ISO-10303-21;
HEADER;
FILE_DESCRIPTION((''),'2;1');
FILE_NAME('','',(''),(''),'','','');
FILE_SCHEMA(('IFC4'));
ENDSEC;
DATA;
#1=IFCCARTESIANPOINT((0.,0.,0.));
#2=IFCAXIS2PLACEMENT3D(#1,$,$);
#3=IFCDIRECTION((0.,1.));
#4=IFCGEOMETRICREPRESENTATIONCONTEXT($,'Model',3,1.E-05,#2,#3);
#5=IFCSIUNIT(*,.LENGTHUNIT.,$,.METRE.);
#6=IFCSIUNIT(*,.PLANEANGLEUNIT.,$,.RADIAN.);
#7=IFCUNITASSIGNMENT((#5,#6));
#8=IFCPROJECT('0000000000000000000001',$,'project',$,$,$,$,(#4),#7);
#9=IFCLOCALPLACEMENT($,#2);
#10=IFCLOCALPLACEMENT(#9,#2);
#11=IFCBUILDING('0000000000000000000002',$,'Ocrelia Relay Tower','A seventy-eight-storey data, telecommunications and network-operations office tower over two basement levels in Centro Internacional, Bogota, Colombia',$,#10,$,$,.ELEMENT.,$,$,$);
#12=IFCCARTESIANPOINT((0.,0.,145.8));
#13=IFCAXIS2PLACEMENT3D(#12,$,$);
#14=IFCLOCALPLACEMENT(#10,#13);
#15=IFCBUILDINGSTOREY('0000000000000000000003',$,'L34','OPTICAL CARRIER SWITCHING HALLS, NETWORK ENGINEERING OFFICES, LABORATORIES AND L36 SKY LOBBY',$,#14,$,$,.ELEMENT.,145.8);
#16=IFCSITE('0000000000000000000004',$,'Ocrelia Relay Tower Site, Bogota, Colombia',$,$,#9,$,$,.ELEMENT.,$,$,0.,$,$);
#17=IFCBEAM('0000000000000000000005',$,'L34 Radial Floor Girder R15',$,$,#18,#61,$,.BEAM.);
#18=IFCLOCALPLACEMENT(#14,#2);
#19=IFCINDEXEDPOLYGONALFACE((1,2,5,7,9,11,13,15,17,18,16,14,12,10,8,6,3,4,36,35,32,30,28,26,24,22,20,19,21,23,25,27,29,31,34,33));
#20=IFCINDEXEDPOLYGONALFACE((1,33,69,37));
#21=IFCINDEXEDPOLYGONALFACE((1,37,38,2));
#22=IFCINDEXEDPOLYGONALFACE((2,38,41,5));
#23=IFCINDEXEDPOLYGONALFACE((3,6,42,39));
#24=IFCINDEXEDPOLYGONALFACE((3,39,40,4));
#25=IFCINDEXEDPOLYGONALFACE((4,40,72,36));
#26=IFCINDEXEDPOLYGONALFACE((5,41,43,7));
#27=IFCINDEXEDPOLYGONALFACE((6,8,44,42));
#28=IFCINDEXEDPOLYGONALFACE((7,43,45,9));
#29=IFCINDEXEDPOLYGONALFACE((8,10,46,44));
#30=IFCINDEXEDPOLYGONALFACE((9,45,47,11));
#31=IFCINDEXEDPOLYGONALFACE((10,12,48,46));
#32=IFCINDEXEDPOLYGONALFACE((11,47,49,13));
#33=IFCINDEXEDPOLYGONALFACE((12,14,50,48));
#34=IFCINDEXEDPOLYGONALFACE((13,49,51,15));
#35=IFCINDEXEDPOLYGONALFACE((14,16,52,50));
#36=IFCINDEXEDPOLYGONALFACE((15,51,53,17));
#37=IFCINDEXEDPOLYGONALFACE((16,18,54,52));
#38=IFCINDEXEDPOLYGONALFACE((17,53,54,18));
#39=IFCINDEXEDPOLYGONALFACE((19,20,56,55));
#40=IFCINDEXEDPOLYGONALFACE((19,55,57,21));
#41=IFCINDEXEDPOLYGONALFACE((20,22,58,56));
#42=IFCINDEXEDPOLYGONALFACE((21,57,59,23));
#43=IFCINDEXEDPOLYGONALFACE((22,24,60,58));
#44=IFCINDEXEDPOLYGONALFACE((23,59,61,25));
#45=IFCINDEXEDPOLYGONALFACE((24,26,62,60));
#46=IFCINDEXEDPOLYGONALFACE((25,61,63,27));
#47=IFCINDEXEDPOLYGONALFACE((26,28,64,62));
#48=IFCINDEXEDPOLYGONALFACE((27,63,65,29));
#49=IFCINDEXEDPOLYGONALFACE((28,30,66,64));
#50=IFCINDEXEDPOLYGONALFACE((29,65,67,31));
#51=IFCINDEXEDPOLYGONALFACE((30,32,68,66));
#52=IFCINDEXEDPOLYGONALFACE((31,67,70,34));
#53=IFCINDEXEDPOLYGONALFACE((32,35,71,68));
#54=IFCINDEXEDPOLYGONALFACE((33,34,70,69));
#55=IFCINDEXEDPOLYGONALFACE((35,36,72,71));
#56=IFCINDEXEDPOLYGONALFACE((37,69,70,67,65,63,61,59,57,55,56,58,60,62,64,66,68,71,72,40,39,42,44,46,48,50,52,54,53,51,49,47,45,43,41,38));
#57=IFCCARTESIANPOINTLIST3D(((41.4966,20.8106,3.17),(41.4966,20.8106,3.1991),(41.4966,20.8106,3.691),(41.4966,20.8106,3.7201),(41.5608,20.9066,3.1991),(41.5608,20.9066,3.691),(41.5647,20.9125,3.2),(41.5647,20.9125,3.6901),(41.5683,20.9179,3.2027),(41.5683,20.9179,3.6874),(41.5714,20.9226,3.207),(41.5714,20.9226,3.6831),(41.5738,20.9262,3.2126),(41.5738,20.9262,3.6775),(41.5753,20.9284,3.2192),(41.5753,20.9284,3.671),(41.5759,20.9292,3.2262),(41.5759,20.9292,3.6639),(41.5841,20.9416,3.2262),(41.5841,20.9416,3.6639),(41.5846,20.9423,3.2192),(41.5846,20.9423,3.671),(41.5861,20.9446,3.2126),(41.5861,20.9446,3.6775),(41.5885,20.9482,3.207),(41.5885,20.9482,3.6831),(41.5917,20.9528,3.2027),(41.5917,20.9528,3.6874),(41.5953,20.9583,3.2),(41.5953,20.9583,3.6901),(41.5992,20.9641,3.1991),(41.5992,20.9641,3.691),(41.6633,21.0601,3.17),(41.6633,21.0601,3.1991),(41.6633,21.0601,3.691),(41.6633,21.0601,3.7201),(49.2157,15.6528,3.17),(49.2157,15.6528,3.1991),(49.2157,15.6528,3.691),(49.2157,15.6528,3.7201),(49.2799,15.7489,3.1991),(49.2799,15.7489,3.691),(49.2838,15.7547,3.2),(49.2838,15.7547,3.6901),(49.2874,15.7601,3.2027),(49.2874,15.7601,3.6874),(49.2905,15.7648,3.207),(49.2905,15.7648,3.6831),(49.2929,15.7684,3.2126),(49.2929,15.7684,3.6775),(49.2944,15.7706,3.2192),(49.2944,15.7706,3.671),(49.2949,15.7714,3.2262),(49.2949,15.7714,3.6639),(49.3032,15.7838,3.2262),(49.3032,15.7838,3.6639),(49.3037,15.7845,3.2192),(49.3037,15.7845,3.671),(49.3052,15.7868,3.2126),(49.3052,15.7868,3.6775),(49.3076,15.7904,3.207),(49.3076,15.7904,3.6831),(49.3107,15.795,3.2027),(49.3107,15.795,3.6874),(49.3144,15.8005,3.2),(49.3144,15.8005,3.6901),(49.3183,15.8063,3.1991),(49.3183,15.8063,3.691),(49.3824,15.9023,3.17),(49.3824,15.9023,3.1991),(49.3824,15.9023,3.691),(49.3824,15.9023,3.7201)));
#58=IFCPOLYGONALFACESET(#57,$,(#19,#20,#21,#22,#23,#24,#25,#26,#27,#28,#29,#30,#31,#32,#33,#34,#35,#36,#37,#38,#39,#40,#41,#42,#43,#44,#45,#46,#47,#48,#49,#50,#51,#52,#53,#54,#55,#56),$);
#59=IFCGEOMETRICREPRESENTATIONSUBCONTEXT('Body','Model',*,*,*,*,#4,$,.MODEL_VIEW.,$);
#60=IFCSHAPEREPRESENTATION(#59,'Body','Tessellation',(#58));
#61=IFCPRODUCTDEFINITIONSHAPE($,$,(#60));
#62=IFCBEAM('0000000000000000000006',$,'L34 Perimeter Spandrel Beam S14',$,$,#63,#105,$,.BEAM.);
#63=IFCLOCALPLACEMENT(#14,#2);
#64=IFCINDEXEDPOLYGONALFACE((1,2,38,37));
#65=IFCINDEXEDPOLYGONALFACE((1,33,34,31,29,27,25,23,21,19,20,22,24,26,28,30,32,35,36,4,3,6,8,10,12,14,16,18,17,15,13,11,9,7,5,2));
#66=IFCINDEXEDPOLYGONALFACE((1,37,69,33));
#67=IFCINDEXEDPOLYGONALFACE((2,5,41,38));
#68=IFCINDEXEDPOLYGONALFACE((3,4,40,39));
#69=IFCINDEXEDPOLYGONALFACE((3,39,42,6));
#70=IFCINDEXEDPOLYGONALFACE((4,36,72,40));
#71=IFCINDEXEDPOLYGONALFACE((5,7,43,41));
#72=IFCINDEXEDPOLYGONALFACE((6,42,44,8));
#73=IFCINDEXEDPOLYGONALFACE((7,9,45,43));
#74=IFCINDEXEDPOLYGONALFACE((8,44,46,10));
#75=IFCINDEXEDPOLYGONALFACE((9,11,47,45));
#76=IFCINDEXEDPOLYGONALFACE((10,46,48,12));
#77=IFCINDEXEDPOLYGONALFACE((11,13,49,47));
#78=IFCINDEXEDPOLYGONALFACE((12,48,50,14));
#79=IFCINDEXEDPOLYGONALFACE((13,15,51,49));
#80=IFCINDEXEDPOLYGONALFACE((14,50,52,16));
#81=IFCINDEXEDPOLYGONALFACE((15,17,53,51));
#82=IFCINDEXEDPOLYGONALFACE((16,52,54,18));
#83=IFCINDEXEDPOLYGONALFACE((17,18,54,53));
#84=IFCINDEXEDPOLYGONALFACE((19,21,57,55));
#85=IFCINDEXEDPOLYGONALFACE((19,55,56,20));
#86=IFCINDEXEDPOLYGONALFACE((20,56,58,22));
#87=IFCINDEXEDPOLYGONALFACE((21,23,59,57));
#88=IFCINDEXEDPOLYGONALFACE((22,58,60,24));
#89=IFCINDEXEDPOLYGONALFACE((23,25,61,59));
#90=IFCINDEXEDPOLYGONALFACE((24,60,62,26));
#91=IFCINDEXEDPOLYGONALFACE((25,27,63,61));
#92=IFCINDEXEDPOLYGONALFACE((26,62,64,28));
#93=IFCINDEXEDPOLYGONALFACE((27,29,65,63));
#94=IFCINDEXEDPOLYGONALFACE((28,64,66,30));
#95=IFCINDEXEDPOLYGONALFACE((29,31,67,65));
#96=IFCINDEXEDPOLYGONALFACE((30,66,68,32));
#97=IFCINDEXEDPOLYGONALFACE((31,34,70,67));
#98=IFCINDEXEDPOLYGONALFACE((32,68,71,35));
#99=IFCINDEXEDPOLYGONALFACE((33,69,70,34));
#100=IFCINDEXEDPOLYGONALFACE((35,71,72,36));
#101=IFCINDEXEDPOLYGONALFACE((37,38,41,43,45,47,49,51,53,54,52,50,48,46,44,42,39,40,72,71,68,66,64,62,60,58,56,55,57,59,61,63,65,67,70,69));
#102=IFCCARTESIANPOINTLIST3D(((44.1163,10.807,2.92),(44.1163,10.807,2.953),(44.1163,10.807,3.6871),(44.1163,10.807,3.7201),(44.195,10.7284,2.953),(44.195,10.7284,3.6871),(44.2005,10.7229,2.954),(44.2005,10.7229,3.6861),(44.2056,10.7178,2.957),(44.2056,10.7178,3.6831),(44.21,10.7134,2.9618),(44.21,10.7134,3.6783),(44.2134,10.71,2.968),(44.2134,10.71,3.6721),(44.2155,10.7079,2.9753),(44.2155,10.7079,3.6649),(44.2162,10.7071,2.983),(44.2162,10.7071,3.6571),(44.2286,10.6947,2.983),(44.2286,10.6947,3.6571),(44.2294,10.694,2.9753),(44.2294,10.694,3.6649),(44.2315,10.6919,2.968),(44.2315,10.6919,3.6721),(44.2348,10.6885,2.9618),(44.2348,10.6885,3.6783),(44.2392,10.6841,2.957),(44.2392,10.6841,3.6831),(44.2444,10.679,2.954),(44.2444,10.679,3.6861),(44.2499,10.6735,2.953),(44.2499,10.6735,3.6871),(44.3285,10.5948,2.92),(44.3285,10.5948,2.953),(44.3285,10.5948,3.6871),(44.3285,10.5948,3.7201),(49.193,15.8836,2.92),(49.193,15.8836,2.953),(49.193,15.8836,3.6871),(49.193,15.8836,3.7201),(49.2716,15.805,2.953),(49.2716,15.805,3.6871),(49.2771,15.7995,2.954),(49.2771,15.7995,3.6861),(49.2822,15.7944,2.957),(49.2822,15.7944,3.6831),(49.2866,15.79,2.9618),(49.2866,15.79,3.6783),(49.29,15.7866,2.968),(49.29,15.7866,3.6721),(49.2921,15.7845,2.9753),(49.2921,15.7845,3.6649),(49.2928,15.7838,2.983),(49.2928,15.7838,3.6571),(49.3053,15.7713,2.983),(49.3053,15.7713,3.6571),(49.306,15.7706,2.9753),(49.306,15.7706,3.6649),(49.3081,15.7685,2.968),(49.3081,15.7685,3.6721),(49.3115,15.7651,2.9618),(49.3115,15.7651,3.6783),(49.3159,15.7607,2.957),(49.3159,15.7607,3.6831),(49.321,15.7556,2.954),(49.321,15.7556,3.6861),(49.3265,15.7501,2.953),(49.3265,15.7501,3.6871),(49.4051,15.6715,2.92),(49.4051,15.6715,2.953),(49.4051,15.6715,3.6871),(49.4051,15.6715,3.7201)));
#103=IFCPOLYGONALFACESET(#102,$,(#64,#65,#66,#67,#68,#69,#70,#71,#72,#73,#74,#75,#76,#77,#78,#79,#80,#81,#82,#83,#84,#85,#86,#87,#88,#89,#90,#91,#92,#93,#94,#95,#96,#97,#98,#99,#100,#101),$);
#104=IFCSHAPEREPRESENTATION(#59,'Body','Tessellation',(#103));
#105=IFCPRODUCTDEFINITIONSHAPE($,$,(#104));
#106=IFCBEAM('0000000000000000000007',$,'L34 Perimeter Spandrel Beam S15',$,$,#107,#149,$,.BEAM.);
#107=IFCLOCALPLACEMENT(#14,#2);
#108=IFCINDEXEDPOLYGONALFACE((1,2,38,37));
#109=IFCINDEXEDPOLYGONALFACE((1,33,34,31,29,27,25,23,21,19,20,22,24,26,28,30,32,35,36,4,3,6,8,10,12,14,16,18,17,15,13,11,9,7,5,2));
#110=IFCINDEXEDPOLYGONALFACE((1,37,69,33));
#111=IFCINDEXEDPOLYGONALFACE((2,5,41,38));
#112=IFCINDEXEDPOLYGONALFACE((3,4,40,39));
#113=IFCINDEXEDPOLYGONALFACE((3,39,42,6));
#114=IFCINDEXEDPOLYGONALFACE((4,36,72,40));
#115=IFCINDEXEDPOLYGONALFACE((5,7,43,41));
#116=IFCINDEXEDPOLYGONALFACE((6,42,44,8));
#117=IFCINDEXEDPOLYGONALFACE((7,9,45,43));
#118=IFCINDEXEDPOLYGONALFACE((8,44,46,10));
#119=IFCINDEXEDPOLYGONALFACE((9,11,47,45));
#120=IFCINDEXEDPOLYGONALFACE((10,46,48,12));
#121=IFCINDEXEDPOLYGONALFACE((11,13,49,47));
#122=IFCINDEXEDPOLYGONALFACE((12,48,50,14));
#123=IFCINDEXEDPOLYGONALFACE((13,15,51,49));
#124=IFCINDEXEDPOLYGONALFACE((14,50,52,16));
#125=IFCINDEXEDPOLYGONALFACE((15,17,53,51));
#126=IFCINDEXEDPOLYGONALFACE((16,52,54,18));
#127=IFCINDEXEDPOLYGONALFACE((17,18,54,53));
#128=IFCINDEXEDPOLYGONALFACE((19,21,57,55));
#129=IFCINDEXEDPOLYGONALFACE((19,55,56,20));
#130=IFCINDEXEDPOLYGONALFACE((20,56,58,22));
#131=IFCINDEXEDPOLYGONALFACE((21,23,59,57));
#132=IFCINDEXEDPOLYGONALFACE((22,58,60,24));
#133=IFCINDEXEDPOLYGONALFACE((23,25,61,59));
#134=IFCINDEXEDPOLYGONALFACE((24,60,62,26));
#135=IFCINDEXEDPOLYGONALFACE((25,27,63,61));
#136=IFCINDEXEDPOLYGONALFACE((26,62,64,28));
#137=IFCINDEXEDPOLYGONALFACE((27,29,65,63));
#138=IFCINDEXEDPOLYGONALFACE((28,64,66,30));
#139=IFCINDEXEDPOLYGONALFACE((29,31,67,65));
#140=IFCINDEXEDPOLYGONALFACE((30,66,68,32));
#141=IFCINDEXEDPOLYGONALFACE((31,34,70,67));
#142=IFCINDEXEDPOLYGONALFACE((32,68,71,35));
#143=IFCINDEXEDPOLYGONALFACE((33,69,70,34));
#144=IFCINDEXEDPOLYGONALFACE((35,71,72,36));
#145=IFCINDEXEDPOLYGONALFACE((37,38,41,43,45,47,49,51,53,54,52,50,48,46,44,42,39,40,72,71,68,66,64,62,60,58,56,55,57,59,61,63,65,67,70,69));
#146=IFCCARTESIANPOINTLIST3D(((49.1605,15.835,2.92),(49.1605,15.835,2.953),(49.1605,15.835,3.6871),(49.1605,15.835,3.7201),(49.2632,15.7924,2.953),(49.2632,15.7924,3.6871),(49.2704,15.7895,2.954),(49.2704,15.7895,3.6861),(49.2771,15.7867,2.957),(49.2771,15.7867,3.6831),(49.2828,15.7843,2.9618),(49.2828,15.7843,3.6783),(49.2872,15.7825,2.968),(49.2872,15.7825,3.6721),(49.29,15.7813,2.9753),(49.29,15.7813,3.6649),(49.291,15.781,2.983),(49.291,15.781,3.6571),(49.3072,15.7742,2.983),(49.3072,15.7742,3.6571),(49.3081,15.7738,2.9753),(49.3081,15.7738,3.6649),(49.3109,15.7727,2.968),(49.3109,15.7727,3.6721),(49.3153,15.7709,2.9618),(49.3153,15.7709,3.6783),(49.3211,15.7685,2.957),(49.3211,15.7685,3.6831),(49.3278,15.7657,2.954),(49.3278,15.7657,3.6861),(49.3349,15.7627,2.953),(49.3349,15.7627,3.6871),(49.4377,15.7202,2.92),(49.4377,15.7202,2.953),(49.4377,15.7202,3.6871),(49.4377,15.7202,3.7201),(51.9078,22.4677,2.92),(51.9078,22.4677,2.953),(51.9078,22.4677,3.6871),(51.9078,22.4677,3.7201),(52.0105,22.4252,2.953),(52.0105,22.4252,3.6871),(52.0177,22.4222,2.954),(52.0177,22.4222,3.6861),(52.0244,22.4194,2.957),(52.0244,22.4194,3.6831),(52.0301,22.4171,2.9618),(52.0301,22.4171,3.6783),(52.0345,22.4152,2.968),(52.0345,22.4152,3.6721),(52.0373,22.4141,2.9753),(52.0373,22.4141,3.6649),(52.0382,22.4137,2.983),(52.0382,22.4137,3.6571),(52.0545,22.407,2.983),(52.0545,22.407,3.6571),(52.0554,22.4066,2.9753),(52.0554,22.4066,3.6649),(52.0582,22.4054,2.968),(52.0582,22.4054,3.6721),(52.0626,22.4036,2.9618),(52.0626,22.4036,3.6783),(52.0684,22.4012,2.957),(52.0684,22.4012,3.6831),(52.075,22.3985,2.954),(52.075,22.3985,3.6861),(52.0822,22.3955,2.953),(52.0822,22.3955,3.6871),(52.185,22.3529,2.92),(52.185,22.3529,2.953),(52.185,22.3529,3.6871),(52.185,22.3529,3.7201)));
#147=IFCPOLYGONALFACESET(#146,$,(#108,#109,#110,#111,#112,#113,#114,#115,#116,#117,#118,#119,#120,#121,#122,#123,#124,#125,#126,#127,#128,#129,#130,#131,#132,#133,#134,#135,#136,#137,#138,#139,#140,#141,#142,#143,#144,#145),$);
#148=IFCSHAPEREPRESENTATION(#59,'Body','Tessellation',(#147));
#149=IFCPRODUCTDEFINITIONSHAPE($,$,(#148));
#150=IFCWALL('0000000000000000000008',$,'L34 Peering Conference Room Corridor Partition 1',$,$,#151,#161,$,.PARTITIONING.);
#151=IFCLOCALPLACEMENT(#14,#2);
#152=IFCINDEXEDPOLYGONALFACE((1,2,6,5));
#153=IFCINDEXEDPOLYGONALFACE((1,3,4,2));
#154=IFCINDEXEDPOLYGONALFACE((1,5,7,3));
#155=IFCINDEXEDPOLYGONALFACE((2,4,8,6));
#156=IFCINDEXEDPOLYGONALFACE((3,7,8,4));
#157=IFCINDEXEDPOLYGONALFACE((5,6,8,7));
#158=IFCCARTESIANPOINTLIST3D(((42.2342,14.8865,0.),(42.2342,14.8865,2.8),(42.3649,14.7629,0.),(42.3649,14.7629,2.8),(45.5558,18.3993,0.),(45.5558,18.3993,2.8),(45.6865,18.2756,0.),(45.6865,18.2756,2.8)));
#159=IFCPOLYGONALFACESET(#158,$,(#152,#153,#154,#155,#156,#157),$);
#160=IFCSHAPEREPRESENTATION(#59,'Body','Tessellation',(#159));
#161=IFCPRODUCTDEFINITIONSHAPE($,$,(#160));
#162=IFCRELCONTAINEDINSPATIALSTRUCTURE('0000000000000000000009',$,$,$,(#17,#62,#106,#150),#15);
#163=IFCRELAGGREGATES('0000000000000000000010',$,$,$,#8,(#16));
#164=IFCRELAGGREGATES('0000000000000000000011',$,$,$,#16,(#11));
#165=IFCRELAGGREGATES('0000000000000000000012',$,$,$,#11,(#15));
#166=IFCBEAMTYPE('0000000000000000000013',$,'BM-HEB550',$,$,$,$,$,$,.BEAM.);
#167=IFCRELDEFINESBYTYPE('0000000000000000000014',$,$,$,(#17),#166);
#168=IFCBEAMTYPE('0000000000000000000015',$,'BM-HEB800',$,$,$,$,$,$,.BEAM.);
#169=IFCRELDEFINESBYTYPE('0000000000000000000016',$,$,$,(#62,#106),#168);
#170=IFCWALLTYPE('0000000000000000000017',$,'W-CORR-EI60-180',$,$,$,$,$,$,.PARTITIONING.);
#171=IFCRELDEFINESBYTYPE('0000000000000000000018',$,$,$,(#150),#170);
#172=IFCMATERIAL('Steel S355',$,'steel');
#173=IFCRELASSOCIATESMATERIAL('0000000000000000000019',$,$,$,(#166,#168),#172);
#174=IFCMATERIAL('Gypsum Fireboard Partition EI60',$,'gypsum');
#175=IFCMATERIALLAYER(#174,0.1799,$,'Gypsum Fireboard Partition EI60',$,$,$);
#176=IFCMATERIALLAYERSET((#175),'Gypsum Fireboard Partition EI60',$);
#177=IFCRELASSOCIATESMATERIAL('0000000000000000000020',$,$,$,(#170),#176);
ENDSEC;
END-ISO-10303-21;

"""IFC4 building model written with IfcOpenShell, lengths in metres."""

from ifc_helpers import new_model, si_unit, direction, frame, frame_2d, origin, origin_2d, place, context, subcontext, project, spatial, rectangle, i_section, extrude, material, layer, layer_set, material_profile, profile_set, type_object, element, save


model = new_model("IFC4")

# Units and contexts
model_context = context("Model", 3, precision=1e-05, world=origin(), true_north=direction((0.0, 1.0)))
body_context = subcontext(model_context, "Body", "Model", "MODEL_VIEW")
ifc_project = project(units=[si_unit("LENGTHUNIT", "METRE"), si_unit("PLANEANGLEUNIT", "RADIAN")], contexts=[model_context])

# Site, building, storey
site_placement = place(None, origin())
site = spatial("IfcSite", under=ifc_project, at=site_placement, Name="Ocrelia Relay Tower Site, Bogota, Colombia", CompositionType="ELEMENT", RefElevation=0.0)
building_placement = place(site_placement, origin())
building = spatial("IfcBuilding", under=site, at=building_placement, Name="Ocrelia Relay Tower", Description="A seventy-eight-storey data, telecommunications and network-operations office tower over two basement levels in Centro Internacional, Bogota, Colombia", CompositionType="ELEMENT")
storey_placement = place(building_placement, frame((0.0, 0.0, 145.8)))
storey = spatial("IfcBuildingStorey", under=building, at=storey_placement, Name="L34", Description="OPTICAL CARRIER SWITCHING HALLS, NETWORK ENGINEERING OFFICES, LABORATORIES AND L36 SKY LOBBY", CompositionType="ELEMENT", Elevation=145.8)

# Beams
ifc_material_1 = material(Name="Steel S355", Category="steel")
ifc_material_profile_1 = material_profile(ifc_material_1, i_section(OverallWidth=0.3, OverallDepth=0.55, WebThickness=0.0149, FlangeThickness=0.0291, FilletRadius=0.0271, at=origin_2d()), Name="HEB 550")
ifc_profile_set_1 = profile_set([ifc_material_profile_1], Name="Steel S355")
beam_type_1 = type_object("IfcBeamType", Name="BM-HEB550", PredefinedType="BEAM", material=ifc_profile_set_1)
beam_1_placement = place(storey_placement, frame((49.2991, 15.7776, 3.4451), z_axis=(-0.831467, 0.555574, 0.0), x_axis=(-0.555574, -0.831467, 0.0)))
element("IfcBeam", 1, at=beam_1_placement, inside=storey, type_object=beam_type_1, Name="L34 Radial Floor Girder R15", PredefinedType="BEAM", context=body_context, shape_type="SweptSolid", body=[
    extrude(i_section(OverallWidth=0.3, OverallDepth=0.55, WebThickness=0.0149, FlangeThickness=0.0291, FilletRadius=0.0271, at=origin_2d()), origin(), (0.0, 0.0, 1.0), 9.2837),
])
ifc_material_profile_2 = material_profile(ifc_material_1, i_section(OverallWidth=0.3, OverallDepth=0.8, WebThickness=0.0176, FlangeThickness=0.033, FilletRadius=0.03, at=origin_2d()), Name="HEB 800")
ifc_profile_set_2 = profile_set([ifc_material_profile_2], Name="Steel S355")
beam_type_2 = type_object("IfcBeamType", Name="BM-HEB800", PredefinedType="BEAM", material=ifc_profile_set_2)
beam_2_placement = place(storey_placement, frame((44.2224, 10.7009, 3.3201), z_axis=(0.707107, 0.707107, 0.0), x_axis=(-0.707107, 0.707107, 0.0)))
element("IfcBeam", 2, at=beam_2_placement, inside=storey, type_object=beam_type_2, Name="L34 Perimeter Spandrel Beam S14", PredefinedType="BEAM", context=body_context, shape_type="SweptSolid", body=[
    extrude(i_section(OverallWidth=0.3, OverallDepth=0.8, WebThickness=0.0176, FlangeThickness=0.033, FilletRadius=0.03, at=origin_2d()), origin(), (0.0, 0.0, 1.0), 7.1794),
])
beam_3_placement = place(storey_placement, frame((49.2991, 15.7776, 3.3201), z_axis=(0.382673, 0.923884, 0.0), x_axis=(-0.923884, 0.382673, 0.0)))
element("IfcBeam", 3, at=beam_3_placement, inside=storey, type_object=beam_type_2, Name="L34 Perimeter Spandrel Beam S15", PredefinedType="BEAM", context=body_context, shape_type="SweptSolid", body=[
    extrude(i_section(OverallWidth=0.3, OverallDepth=0.8, WebThickness=0.0176, FlangeThickness=0.033, FilletRadius=0.03, at=origin_2d()), origin(), (0.0, 0.0, 1.0), 7.1792),
])

# Wall
ifc_material_2 = material(Name="Gypsum Fireboard Partition EI60", Category="gypsum")
ifc_layer_1 = layer(ifc_material_2, 0.1799, Name="Gypsum Fireboard Partition EI60")
ifc_layer_set_1 = layer_set([ifc_layer_1], Name="Gypsum Fireboard Partition EI60")
wall_type_1 = type_object("IfcWallType", Name="W-CORR-EI60-180", PredefinedType="PARTITIONING", material=ifc_layer_set_1)
wall_1_placement = place(storey_placement, frame((42.2996, 14.8247, 0.0), z_axis=(0.0, 0.0, 1.0), x_axis=(0.687059, 0.726601, 0.0)))
element("IfcWall", 4, at=wall_1_placement, inside=storey, type_object=wall_type_1, Name="L34 Peering Conference Room Corridor Partition 1", PredefinedType="PARTITIONING", context=body_context, shape_type="SweptSolid", body=[
    extrude(rectangle(XDim=4.8345, YDim=0.1799, at=frame_2d((2.4172, 0.0))), origin(), (0.0, 0.0, 1.0), 2.8),
])

save(model, "model.ifc")
